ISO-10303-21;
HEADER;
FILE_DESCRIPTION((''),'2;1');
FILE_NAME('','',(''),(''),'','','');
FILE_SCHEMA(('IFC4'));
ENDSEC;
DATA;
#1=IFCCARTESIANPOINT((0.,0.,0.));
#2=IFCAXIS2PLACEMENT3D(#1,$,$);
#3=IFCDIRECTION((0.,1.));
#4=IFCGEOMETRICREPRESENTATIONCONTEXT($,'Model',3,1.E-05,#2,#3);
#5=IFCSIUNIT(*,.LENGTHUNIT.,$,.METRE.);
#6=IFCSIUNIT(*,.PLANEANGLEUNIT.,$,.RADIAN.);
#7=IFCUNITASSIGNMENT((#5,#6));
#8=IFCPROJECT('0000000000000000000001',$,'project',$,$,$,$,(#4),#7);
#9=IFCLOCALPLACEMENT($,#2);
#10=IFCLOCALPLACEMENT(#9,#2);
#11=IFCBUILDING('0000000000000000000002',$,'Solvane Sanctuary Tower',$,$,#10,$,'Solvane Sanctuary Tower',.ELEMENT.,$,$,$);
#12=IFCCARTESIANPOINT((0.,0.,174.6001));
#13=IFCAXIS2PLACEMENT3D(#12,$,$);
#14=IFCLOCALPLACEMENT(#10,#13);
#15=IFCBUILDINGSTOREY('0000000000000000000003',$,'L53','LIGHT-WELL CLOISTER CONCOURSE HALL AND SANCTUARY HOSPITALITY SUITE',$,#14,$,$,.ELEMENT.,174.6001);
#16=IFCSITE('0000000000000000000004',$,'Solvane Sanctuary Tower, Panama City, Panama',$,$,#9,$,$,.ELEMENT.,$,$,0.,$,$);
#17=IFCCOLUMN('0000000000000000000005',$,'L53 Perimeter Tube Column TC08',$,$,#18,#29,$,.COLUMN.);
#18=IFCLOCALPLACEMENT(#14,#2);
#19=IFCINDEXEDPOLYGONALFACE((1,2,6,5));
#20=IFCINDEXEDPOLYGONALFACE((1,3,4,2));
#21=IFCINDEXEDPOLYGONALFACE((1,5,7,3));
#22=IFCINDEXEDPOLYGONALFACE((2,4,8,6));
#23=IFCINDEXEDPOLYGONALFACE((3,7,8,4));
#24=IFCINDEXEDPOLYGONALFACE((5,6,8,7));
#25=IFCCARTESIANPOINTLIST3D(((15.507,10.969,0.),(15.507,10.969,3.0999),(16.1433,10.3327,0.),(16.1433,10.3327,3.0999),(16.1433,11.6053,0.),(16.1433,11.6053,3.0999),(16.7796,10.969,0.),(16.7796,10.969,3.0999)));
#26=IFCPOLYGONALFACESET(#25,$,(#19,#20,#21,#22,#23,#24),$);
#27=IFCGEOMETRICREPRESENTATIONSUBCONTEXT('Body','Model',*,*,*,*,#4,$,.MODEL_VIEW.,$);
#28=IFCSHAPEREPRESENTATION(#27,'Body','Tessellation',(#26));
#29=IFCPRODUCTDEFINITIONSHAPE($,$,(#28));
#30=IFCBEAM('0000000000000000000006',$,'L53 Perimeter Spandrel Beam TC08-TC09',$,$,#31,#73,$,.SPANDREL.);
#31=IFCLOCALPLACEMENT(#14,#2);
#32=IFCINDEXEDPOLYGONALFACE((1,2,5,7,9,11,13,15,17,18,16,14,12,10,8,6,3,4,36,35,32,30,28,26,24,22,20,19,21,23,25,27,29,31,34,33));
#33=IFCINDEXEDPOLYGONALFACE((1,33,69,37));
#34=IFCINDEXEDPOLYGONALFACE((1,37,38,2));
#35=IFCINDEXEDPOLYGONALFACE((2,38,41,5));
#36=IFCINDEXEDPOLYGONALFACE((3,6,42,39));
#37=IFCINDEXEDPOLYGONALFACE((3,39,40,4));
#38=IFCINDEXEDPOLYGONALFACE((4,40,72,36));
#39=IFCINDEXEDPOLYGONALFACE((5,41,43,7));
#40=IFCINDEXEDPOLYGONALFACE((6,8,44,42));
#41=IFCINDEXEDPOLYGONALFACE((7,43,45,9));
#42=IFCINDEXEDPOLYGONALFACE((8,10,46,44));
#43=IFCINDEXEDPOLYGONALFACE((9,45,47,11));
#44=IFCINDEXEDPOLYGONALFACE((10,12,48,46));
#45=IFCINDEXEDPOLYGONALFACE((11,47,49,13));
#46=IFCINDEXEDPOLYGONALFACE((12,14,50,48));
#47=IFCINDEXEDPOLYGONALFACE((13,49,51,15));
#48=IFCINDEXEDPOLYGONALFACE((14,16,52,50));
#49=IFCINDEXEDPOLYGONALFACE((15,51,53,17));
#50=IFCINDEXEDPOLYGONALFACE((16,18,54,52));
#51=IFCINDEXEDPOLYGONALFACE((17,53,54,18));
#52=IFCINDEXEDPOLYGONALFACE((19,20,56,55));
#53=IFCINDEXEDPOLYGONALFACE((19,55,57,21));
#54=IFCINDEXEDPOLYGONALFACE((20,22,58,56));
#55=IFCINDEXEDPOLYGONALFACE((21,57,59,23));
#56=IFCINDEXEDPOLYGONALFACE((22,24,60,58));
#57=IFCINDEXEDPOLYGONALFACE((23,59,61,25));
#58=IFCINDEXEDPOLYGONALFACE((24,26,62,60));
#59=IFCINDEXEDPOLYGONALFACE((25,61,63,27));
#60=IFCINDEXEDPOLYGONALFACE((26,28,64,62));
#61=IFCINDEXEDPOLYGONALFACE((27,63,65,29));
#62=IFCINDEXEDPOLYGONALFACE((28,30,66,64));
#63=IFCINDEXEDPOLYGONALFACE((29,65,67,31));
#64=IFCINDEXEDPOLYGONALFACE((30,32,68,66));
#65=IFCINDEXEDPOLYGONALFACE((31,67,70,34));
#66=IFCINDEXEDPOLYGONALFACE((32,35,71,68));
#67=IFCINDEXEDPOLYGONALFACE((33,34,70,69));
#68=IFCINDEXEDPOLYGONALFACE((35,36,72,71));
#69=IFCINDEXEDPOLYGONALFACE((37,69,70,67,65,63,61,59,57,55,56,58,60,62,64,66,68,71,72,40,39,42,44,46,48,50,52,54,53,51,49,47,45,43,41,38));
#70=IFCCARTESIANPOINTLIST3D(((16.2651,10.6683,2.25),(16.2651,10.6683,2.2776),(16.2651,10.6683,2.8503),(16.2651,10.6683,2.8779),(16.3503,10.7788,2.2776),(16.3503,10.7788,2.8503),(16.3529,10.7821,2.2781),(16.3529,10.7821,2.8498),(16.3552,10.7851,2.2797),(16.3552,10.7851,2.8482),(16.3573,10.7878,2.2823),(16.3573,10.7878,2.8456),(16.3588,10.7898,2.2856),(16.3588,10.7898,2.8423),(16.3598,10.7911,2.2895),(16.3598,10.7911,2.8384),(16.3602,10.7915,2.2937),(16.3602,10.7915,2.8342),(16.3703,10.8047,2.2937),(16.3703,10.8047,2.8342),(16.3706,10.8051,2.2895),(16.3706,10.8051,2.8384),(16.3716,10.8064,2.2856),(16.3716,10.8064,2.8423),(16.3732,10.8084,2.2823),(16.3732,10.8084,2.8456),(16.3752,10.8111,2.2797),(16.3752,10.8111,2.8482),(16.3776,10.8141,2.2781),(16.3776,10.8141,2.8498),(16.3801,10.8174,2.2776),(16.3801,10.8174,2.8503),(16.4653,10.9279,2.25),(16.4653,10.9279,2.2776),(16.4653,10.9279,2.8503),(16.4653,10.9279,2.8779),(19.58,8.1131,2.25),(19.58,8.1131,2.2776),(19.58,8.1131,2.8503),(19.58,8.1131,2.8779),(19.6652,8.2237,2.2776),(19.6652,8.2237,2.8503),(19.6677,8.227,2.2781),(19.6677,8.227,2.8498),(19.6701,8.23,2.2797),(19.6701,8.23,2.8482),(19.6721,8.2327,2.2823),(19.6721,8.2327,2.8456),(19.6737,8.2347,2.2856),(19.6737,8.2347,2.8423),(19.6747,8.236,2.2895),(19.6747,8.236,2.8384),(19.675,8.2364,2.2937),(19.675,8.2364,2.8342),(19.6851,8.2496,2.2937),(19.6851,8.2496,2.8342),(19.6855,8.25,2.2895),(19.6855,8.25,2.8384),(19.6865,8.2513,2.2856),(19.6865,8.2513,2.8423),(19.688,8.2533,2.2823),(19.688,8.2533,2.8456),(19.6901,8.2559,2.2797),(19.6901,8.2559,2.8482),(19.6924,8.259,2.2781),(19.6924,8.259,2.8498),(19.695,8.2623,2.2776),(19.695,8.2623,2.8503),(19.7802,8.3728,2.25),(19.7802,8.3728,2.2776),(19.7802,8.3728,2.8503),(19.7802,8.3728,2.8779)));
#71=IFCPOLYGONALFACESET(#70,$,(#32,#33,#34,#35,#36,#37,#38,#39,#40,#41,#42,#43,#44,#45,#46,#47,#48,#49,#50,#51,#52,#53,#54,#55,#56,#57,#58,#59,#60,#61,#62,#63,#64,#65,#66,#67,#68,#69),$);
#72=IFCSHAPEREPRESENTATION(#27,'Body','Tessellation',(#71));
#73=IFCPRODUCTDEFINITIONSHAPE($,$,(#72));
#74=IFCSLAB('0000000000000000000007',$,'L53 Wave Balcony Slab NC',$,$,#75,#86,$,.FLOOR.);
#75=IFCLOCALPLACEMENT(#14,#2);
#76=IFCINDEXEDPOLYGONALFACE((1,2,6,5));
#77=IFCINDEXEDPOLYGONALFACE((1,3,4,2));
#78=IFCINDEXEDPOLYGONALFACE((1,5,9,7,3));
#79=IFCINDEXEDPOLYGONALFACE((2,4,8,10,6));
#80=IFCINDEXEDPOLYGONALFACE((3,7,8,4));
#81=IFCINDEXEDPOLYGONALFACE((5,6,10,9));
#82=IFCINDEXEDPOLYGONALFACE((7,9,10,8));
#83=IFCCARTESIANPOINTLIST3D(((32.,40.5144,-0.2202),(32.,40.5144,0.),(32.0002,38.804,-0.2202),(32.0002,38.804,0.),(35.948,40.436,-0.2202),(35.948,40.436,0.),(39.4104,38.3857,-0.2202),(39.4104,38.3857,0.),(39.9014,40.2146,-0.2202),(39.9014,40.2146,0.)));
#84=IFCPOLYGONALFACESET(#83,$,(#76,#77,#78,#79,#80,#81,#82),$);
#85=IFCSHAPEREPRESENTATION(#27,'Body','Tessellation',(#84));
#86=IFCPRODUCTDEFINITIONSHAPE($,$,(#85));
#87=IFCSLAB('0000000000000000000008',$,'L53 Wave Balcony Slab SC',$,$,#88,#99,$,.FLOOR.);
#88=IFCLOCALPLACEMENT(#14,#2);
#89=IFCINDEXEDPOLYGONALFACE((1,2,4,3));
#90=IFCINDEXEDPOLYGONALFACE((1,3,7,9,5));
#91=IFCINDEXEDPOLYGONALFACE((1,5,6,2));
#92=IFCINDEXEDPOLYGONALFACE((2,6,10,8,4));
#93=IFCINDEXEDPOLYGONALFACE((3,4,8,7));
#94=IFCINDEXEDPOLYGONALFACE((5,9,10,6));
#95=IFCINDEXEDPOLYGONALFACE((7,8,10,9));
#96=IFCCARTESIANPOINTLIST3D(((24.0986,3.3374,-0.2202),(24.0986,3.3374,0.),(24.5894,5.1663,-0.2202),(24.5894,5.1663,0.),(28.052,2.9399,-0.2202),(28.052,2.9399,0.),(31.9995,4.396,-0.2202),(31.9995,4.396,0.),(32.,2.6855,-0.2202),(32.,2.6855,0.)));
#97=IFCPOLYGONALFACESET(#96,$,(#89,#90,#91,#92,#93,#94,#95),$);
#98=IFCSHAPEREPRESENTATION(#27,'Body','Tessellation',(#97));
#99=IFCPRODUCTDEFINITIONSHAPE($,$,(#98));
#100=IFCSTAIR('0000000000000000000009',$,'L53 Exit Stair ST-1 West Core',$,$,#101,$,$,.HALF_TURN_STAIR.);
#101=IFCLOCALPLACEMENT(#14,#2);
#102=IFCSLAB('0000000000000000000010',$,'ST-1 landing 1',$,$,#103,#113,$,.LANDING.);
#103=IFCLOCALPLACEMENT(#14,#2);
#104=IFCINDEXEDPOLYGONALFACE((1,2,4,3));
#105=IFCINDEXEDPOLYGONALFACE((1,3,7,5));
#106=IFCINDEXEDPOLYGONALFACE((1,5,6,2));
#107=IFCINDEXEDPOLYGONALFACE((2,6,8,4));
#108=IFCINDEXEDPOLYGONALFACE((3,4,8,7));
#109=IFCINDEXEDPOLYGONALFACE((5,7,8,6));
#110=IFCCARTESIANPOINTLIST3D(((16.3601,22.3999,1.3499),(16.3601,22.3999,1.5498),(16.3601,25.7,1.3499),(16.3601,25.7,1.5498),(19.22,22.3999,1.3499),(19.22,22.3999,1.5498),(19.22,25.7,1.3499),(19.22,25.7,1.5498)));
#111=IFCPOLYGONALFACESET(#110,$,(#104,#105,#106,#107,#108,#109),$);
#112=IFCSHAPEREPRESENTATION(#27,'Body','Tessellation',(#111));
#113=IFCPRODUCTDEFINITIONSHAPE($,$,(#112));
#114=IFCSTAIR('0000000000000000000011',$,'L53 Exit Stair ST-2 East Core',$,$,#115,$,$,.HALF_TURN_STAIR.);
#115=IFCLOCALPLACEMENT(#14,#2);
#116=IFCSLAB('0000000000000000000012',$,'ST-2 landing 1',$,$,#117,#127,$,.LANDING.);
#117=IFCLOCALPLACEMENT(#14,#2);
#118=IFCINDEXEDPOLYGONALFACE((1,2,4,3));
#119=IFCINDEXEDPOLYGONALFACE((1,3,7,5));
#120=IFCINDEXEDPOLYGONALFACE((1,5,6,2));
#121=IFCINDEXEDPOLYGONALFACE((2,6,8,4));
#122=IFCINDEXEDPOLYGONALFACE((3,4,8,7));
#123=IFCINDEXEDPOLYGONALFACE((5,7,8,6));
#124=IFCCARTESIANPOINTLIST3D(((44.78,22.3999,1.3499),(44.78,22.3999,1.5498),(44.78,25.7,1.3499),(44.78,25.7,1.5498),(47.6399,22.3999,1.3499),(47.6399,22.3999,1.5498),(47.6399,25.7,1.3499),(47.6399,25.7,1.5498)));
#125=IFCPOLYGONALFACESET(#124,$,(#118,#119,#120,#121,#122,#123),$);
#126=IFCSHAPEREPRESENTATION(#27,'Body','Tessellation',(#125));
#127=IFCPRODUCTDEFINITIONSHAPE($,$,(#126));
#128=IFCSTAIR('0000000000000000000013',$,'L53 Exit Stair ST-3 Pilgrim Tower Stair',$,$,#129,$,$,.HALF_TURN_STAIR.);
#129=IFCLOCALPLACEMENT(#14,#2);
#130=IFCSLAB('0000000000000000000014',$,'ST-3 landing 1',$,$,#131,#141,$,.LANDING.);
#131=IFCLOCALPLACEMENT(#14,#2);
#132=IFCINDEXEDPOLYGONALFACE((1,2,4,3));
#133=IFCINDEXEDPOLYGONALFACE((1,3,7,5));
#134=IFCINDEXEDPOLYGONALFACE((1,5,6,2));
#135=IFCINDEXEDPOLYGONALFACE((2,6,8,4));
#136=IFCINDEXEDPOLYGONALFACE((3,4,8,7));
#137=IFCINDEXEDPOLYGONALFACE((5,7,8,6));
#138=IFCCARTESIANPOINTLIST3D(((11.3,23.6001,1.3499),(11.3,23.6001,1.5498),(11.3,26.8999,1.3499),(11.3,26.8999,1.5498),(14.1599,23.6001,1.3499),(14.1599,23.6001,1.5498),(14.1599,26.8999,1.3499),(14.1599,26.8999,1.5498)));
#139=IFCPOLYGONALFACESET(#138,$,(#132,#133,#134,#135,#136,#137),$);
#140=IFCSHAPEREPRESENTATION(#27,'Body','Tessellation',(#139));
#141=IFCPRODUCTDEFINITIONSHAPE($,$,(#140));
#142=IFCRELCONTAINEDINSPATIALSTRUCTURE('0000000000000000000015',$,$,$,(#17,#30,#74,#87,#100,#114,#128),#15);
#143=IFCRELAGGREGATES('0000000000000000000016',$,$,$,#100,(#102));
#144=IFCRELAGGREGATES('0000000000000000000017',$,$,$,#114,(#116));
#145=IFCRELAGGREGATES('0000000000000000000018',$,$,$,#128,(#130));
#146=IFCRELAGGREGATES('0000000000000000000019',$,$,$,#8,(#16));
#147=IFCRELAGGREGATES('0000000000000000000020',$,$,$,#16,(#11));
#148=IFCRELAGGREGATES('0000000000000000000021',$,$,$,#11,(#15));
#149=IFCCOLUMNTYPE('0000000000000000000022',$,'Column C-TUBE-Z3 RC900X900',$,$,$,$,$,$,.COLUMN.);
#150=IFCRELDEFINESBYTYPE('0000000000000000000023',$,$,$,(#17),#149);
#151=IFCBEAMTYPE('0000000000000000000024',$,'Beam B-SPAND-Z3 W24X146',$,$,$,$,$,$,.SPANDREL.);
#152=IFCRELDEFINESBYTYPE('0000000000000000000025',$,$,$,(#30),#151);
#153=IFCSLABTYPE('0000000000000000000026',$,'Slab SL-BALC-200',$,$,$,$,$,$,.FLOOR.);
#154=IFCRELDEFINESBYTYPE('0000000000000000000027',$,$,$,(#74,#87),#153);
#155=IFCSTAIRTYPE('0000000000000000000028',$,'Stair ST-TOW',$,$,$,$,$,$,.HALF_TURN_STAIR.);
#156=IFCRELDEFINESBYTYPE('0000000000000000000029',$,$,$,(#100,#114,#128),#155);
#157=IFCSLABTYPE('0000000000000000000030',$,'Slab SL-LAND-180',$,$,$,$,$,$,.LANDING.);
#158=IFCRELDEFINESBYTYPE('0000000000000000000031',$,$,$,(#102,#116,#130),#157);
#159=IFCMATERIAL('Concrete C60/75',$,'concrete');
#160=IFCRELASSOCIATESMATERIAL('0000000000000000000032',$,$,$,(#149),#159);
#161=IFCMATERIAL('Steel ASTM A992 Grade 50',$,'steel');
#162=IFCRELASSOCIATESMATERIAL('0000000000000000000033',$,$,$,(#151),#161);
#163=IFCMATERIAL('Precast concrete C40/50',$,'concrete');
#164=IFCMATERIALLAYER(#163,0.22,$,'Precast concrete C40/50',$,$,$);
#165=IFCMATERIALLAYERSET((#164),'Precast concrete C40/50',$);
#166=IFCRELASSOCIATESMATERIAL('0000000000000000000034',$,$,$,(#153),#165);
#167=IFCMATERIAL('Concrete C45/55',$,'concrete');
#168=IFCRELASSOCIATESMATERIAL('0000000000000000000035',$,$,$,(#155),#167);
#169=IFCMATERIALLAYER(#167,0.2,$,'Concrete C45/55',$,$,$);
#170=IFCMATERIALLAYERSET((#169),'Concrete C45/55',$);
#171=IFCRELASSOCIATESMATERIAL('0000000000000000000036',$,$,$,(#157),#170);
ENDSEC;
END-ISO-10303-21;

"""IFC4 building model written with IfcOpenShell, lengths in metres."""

from ifc_helpers import new_model, si_unit, direction, frame, origin, origin_2d, place, context, subcontext, project, spatial, polyline, rectangle, i_section, outline, extrude, material, layer, layer_set, material_profile, profile_set, type_object, element, aggregate, save


model = new_model("IFC4")

# Units and contexts
model_context = context("Model", 3, precision=1e-05, world=origin(), true_north=direction((0.0, 1.0)))
body_context = subcontext(model_context, "Body", "Model", "MODEL_VIEW")
ifc_project = project(units=[si_unit("LENGTHUNIT", "METRE"), si_unit("PLANEANGLEUNIT", "RADIAN")], contexts=[model_context])

# Site, building, storey
site_placement = place(None, origin())
site = spatial("IfcSite", under=ifc_project, at=site_placement, Name="Solvane Sanctuary Tower, Panama City, Panama", CompositionType="ELEMENT", RefElevation=0.0)
building_placement = place(site_placement, origin())
building = spatial("IfcBuilding", under=site, at=building_placement, Name="Solvane Sanctuary Tower", LongName="Solvane Sanctuary Tower", CompositionType="ELEMENT")
storey_placement = place(building_placement, frame((0.0, 0.0, 174.6001)))
storey = spatial("IfcBuildingStorey", under=building, at=storey_placement, Name="L53", Description="LIGHT-WELL CLOISTER CONCOURSE HALL AND SANCTUARY HOSPITALITY SUITE", CompositionType="ELEMENT", Elevation=174.6001)

# Column
ifc_material_1 = material(Name="Concrete C60/75", Category="concrete")
ifc_material_profile_1 = material_profile(ifc_material_1, rectangle(XDim=0.8999, YDim=0.8999, at=origin_2d()), Name="RC900X900")
ifc_profile_set_1 = profile_set([ifc_material_profile_1], Name="Concrete C60/75")
column_type = type_object("IfcColumnType", Name="Column C-TUBE-Z3 RC900X900", PredefinedType="COLUMN", material=ifc_profile_set_1)
column_placement = place(storey_placement, frame((16.1433, 10.969, 0.0), z_axis=(0.0, 0.0, 1.0), x_axis=(-0.707107, -0.707107, 0.0)))
element("IfcColumn", 1, at=column_placement, inside=storey, type_object=column_type, Name="L53 Perimeter Tube Column TC08", PredefinedType="COLUMN", context=body_context, shape_type="SweptSolid", body=[
    extrude(rectangle(XDim=0.8999, YDim=0.8999, at=origin_2d()), origin(), (0.0, 0.0, 1.0), 3.0999),
])

# Beam
ifc_material_2 = material(Name="Steel ASTM A992 Grade 50", Category="steel")
ifc_material_profile_2 = material_profile(ifc_material_2, i_section(OverallWidth=0.3279, OverallDepth=0.6279, WebThickness=0.0166, FlangeThickness=0.0276, FilletRadius=0.0161, at=origin_2d()), Name="W24X146")
ifc_profile_set_2 = profile_set([ifc_material_profile_2], Name="Steel ASTM A992 Grade 50")
beam_type = type_object("IfcBeamType", Name="Beam B-SPAND-Z3 W24X146", PredefinedType="SPANDREL", material=ifc_profile_set_2)
beam_placement = place(storey_placement, frame((16.3652, 10.7981, 2.564), z_axis=(0.792021, -0.610494, 0.0), x_axis=(0.610494, 0.792021, 0.0)))
element("IfcBeam", 2, at=beam_placement, inside=storey, type_object=beam_type, Name="L53 Perimeter Spandrel Beam TC08-TC09", PredefinedType="SPANDREL", context=body_context, shape_type="SweptSolid", body=[
    extrude(i_section(OverallWidth=0.3279, OverallDepth=0.6279, WebThickness=0.0166, FlangeThickness=0.0276, FilletRadius=0.0161, at=origin_2d()), origin(), (0.0, 0.0, 1.0), 4.1853),
])

# Slabs
ifc_material_3 = material(Name="Precast concrete C40/50", Category="concrete")
ifc_layer_1 = layer(ifc_material_3, 0.22, Name="Precast concrete C40/50")
ifc_layer_set_1 = layer_set([ifc_layer_1], Name="Precast concrete C40/50")
slab_type_1 = type_object("IfcSlabType", Name="Slab SL-BALC-200", PredefinedType="FLOOR", material=ifc_layer_set_1)
slab_1_placement = place(storey_placement, frame((0.0, 0.0, -0.2202)))
element("IfcSlab", 3, at=slab_1_placement, inside=storey, type_object=slab_type_1, Name="L53 Wave Balcony Slab NC", PredefinedType="FLOOR", context=body_context, shape_type="SweptSolid", body=[
    extrude(outline(polyline([(39.9014, 40.2146), (35.948, 40.436), (32.0, 40.5144), (32.0002, 38.804), (39.4104, 38.3857), (39.9014, 40.2146)])), origin(), (0.0, 0.0, 1.0), 0.2202),
])
slab_2_placement = place(storey_placement, frame((0.0, 0.0, -0.2202)))
element("IfcSlab", 4, at=slab_2_placement, inside=storey, type_object=slab_type_1, Name="L53 Wave Balcony Slab SC", PredefinedType="FLOOR", context=body_context, shape_type="SweptSolid", body=[
    extrude(outline(polyline([(24.0986, 3.3374), (28.052, 2.9399), (32.0, 2.6855), (31.9995, 4.396), (24.5894, 5.1663), (24.0986, 3.3374)])), origin(), (0.0, 0.0, 1.0), 0.2202),
])

# Stairs, slabs
ifc_material_4 = material(Name="Concrete C45/55", Category="concrete")
stair_type = type_object("IfcStairType", Name="Stair ST-TOW", PredefinedType="HALF_TURN_STAIR", material=ifc_material_4)
stair_1_placement = place(storey_placement, origin())
stair_1 = element("IfcStair", 5, at=stair_1_placement, inside=storey, type_object=stair_type, Name="L53 Exit Stair ST-1 West Core", PredefinedType="HALF_TURN_STAIR")
ifc_layer_2 = layer(ifc_material_4, 0.2, Name="Concrete C45/55")
ifc_layer_set_2 = layer_set([ifc_layer_2], Name="Concrete C45/55")
slab_type_2 = type_object("IfcSlabType", Name="Slab SL-LAND-180", PredefinedType="LANDING", material=ifc_layer_set_2)
slab_3_placement = place(storey_placement, frame((0.0, 0.0, 1.3499)))
slab_3 = element("IfcSlab", 6, at=slab_3_placement, type_object=slab_type_2, Name="ST-1 landing 1", PredefinedType="LANDING", context=body_context, shape_type="SweptSolid", body=[
    extrude(outline(polyline([(19.22, 22.3999), (19.22, 25.7), (16.3601, 25.7), (16.3601, 22.3999), (19.22, 22.3999)])), origin(), (0.0, 0.0, 1.0), 0.2),
])
aggregate(stair_1, [slab_3])
stair_2_placement = place(storey_placement, origin())
stair_2 = element("IfcStair", 7, at=stair_2_placement, inside=storey, type_object=stair_type, Name="L53 Exit Stair ST-2 East Core", PredefinedType="HALF_TURN_STAIR")
slab_4_placement = place(storey_placement, frame((0.0, 0.0, 1.3499)))
slab_4 = element("IfcSlab", 8, at=slab_4_placement, type_object=slab_type_2, Name="ST-2 landing 1", PredefinedType="LANDING", context=body_context, shape_type="SweptSolid", body=[
    extrude(outline(polyline([(47.6399, 22.3999), (47.6399, 25.7), (44.78, 25.7), (44.78, 22.3999), (47.6399, 22.3999)])), origin(), (0.0, 0.0, 1.0), 0.2),
])
aggregate(stair_2, [slab_4])
stair_3_placement = place(storey_placement, origin())
stair_3 = element("IfcStair", 9, at=stair_3_placement, inside=storey, type_object=stair_type, Name="L53 Exit Stair ST-3 Pilgrim Tower Stair", PredefinedType="HALF_TURN_STAIR")
slab_5_placement = place(storey_placement, frame((0.0, 0.0, 1.3499)))
slab_5 = element("IfcSlab", 10, at=slab_5_placement, type_object=slab_type_2, Name="ST-3 landing 1", PredefinedType="LANDING", context=body_context, shape_type="SweptSolid", body=[
    extrude(outline(polyline([(14.1599, 23.6001), (14.1599, 26.8999), (11.3, 26.8999), (11.3, 23.6001), (14.1599, 23.6001)])), origin(), (0.0, 0.0, 1.0), 0.2),
])
aggregate(stair_3, [slab_5])

save(model, "model.ifc")
